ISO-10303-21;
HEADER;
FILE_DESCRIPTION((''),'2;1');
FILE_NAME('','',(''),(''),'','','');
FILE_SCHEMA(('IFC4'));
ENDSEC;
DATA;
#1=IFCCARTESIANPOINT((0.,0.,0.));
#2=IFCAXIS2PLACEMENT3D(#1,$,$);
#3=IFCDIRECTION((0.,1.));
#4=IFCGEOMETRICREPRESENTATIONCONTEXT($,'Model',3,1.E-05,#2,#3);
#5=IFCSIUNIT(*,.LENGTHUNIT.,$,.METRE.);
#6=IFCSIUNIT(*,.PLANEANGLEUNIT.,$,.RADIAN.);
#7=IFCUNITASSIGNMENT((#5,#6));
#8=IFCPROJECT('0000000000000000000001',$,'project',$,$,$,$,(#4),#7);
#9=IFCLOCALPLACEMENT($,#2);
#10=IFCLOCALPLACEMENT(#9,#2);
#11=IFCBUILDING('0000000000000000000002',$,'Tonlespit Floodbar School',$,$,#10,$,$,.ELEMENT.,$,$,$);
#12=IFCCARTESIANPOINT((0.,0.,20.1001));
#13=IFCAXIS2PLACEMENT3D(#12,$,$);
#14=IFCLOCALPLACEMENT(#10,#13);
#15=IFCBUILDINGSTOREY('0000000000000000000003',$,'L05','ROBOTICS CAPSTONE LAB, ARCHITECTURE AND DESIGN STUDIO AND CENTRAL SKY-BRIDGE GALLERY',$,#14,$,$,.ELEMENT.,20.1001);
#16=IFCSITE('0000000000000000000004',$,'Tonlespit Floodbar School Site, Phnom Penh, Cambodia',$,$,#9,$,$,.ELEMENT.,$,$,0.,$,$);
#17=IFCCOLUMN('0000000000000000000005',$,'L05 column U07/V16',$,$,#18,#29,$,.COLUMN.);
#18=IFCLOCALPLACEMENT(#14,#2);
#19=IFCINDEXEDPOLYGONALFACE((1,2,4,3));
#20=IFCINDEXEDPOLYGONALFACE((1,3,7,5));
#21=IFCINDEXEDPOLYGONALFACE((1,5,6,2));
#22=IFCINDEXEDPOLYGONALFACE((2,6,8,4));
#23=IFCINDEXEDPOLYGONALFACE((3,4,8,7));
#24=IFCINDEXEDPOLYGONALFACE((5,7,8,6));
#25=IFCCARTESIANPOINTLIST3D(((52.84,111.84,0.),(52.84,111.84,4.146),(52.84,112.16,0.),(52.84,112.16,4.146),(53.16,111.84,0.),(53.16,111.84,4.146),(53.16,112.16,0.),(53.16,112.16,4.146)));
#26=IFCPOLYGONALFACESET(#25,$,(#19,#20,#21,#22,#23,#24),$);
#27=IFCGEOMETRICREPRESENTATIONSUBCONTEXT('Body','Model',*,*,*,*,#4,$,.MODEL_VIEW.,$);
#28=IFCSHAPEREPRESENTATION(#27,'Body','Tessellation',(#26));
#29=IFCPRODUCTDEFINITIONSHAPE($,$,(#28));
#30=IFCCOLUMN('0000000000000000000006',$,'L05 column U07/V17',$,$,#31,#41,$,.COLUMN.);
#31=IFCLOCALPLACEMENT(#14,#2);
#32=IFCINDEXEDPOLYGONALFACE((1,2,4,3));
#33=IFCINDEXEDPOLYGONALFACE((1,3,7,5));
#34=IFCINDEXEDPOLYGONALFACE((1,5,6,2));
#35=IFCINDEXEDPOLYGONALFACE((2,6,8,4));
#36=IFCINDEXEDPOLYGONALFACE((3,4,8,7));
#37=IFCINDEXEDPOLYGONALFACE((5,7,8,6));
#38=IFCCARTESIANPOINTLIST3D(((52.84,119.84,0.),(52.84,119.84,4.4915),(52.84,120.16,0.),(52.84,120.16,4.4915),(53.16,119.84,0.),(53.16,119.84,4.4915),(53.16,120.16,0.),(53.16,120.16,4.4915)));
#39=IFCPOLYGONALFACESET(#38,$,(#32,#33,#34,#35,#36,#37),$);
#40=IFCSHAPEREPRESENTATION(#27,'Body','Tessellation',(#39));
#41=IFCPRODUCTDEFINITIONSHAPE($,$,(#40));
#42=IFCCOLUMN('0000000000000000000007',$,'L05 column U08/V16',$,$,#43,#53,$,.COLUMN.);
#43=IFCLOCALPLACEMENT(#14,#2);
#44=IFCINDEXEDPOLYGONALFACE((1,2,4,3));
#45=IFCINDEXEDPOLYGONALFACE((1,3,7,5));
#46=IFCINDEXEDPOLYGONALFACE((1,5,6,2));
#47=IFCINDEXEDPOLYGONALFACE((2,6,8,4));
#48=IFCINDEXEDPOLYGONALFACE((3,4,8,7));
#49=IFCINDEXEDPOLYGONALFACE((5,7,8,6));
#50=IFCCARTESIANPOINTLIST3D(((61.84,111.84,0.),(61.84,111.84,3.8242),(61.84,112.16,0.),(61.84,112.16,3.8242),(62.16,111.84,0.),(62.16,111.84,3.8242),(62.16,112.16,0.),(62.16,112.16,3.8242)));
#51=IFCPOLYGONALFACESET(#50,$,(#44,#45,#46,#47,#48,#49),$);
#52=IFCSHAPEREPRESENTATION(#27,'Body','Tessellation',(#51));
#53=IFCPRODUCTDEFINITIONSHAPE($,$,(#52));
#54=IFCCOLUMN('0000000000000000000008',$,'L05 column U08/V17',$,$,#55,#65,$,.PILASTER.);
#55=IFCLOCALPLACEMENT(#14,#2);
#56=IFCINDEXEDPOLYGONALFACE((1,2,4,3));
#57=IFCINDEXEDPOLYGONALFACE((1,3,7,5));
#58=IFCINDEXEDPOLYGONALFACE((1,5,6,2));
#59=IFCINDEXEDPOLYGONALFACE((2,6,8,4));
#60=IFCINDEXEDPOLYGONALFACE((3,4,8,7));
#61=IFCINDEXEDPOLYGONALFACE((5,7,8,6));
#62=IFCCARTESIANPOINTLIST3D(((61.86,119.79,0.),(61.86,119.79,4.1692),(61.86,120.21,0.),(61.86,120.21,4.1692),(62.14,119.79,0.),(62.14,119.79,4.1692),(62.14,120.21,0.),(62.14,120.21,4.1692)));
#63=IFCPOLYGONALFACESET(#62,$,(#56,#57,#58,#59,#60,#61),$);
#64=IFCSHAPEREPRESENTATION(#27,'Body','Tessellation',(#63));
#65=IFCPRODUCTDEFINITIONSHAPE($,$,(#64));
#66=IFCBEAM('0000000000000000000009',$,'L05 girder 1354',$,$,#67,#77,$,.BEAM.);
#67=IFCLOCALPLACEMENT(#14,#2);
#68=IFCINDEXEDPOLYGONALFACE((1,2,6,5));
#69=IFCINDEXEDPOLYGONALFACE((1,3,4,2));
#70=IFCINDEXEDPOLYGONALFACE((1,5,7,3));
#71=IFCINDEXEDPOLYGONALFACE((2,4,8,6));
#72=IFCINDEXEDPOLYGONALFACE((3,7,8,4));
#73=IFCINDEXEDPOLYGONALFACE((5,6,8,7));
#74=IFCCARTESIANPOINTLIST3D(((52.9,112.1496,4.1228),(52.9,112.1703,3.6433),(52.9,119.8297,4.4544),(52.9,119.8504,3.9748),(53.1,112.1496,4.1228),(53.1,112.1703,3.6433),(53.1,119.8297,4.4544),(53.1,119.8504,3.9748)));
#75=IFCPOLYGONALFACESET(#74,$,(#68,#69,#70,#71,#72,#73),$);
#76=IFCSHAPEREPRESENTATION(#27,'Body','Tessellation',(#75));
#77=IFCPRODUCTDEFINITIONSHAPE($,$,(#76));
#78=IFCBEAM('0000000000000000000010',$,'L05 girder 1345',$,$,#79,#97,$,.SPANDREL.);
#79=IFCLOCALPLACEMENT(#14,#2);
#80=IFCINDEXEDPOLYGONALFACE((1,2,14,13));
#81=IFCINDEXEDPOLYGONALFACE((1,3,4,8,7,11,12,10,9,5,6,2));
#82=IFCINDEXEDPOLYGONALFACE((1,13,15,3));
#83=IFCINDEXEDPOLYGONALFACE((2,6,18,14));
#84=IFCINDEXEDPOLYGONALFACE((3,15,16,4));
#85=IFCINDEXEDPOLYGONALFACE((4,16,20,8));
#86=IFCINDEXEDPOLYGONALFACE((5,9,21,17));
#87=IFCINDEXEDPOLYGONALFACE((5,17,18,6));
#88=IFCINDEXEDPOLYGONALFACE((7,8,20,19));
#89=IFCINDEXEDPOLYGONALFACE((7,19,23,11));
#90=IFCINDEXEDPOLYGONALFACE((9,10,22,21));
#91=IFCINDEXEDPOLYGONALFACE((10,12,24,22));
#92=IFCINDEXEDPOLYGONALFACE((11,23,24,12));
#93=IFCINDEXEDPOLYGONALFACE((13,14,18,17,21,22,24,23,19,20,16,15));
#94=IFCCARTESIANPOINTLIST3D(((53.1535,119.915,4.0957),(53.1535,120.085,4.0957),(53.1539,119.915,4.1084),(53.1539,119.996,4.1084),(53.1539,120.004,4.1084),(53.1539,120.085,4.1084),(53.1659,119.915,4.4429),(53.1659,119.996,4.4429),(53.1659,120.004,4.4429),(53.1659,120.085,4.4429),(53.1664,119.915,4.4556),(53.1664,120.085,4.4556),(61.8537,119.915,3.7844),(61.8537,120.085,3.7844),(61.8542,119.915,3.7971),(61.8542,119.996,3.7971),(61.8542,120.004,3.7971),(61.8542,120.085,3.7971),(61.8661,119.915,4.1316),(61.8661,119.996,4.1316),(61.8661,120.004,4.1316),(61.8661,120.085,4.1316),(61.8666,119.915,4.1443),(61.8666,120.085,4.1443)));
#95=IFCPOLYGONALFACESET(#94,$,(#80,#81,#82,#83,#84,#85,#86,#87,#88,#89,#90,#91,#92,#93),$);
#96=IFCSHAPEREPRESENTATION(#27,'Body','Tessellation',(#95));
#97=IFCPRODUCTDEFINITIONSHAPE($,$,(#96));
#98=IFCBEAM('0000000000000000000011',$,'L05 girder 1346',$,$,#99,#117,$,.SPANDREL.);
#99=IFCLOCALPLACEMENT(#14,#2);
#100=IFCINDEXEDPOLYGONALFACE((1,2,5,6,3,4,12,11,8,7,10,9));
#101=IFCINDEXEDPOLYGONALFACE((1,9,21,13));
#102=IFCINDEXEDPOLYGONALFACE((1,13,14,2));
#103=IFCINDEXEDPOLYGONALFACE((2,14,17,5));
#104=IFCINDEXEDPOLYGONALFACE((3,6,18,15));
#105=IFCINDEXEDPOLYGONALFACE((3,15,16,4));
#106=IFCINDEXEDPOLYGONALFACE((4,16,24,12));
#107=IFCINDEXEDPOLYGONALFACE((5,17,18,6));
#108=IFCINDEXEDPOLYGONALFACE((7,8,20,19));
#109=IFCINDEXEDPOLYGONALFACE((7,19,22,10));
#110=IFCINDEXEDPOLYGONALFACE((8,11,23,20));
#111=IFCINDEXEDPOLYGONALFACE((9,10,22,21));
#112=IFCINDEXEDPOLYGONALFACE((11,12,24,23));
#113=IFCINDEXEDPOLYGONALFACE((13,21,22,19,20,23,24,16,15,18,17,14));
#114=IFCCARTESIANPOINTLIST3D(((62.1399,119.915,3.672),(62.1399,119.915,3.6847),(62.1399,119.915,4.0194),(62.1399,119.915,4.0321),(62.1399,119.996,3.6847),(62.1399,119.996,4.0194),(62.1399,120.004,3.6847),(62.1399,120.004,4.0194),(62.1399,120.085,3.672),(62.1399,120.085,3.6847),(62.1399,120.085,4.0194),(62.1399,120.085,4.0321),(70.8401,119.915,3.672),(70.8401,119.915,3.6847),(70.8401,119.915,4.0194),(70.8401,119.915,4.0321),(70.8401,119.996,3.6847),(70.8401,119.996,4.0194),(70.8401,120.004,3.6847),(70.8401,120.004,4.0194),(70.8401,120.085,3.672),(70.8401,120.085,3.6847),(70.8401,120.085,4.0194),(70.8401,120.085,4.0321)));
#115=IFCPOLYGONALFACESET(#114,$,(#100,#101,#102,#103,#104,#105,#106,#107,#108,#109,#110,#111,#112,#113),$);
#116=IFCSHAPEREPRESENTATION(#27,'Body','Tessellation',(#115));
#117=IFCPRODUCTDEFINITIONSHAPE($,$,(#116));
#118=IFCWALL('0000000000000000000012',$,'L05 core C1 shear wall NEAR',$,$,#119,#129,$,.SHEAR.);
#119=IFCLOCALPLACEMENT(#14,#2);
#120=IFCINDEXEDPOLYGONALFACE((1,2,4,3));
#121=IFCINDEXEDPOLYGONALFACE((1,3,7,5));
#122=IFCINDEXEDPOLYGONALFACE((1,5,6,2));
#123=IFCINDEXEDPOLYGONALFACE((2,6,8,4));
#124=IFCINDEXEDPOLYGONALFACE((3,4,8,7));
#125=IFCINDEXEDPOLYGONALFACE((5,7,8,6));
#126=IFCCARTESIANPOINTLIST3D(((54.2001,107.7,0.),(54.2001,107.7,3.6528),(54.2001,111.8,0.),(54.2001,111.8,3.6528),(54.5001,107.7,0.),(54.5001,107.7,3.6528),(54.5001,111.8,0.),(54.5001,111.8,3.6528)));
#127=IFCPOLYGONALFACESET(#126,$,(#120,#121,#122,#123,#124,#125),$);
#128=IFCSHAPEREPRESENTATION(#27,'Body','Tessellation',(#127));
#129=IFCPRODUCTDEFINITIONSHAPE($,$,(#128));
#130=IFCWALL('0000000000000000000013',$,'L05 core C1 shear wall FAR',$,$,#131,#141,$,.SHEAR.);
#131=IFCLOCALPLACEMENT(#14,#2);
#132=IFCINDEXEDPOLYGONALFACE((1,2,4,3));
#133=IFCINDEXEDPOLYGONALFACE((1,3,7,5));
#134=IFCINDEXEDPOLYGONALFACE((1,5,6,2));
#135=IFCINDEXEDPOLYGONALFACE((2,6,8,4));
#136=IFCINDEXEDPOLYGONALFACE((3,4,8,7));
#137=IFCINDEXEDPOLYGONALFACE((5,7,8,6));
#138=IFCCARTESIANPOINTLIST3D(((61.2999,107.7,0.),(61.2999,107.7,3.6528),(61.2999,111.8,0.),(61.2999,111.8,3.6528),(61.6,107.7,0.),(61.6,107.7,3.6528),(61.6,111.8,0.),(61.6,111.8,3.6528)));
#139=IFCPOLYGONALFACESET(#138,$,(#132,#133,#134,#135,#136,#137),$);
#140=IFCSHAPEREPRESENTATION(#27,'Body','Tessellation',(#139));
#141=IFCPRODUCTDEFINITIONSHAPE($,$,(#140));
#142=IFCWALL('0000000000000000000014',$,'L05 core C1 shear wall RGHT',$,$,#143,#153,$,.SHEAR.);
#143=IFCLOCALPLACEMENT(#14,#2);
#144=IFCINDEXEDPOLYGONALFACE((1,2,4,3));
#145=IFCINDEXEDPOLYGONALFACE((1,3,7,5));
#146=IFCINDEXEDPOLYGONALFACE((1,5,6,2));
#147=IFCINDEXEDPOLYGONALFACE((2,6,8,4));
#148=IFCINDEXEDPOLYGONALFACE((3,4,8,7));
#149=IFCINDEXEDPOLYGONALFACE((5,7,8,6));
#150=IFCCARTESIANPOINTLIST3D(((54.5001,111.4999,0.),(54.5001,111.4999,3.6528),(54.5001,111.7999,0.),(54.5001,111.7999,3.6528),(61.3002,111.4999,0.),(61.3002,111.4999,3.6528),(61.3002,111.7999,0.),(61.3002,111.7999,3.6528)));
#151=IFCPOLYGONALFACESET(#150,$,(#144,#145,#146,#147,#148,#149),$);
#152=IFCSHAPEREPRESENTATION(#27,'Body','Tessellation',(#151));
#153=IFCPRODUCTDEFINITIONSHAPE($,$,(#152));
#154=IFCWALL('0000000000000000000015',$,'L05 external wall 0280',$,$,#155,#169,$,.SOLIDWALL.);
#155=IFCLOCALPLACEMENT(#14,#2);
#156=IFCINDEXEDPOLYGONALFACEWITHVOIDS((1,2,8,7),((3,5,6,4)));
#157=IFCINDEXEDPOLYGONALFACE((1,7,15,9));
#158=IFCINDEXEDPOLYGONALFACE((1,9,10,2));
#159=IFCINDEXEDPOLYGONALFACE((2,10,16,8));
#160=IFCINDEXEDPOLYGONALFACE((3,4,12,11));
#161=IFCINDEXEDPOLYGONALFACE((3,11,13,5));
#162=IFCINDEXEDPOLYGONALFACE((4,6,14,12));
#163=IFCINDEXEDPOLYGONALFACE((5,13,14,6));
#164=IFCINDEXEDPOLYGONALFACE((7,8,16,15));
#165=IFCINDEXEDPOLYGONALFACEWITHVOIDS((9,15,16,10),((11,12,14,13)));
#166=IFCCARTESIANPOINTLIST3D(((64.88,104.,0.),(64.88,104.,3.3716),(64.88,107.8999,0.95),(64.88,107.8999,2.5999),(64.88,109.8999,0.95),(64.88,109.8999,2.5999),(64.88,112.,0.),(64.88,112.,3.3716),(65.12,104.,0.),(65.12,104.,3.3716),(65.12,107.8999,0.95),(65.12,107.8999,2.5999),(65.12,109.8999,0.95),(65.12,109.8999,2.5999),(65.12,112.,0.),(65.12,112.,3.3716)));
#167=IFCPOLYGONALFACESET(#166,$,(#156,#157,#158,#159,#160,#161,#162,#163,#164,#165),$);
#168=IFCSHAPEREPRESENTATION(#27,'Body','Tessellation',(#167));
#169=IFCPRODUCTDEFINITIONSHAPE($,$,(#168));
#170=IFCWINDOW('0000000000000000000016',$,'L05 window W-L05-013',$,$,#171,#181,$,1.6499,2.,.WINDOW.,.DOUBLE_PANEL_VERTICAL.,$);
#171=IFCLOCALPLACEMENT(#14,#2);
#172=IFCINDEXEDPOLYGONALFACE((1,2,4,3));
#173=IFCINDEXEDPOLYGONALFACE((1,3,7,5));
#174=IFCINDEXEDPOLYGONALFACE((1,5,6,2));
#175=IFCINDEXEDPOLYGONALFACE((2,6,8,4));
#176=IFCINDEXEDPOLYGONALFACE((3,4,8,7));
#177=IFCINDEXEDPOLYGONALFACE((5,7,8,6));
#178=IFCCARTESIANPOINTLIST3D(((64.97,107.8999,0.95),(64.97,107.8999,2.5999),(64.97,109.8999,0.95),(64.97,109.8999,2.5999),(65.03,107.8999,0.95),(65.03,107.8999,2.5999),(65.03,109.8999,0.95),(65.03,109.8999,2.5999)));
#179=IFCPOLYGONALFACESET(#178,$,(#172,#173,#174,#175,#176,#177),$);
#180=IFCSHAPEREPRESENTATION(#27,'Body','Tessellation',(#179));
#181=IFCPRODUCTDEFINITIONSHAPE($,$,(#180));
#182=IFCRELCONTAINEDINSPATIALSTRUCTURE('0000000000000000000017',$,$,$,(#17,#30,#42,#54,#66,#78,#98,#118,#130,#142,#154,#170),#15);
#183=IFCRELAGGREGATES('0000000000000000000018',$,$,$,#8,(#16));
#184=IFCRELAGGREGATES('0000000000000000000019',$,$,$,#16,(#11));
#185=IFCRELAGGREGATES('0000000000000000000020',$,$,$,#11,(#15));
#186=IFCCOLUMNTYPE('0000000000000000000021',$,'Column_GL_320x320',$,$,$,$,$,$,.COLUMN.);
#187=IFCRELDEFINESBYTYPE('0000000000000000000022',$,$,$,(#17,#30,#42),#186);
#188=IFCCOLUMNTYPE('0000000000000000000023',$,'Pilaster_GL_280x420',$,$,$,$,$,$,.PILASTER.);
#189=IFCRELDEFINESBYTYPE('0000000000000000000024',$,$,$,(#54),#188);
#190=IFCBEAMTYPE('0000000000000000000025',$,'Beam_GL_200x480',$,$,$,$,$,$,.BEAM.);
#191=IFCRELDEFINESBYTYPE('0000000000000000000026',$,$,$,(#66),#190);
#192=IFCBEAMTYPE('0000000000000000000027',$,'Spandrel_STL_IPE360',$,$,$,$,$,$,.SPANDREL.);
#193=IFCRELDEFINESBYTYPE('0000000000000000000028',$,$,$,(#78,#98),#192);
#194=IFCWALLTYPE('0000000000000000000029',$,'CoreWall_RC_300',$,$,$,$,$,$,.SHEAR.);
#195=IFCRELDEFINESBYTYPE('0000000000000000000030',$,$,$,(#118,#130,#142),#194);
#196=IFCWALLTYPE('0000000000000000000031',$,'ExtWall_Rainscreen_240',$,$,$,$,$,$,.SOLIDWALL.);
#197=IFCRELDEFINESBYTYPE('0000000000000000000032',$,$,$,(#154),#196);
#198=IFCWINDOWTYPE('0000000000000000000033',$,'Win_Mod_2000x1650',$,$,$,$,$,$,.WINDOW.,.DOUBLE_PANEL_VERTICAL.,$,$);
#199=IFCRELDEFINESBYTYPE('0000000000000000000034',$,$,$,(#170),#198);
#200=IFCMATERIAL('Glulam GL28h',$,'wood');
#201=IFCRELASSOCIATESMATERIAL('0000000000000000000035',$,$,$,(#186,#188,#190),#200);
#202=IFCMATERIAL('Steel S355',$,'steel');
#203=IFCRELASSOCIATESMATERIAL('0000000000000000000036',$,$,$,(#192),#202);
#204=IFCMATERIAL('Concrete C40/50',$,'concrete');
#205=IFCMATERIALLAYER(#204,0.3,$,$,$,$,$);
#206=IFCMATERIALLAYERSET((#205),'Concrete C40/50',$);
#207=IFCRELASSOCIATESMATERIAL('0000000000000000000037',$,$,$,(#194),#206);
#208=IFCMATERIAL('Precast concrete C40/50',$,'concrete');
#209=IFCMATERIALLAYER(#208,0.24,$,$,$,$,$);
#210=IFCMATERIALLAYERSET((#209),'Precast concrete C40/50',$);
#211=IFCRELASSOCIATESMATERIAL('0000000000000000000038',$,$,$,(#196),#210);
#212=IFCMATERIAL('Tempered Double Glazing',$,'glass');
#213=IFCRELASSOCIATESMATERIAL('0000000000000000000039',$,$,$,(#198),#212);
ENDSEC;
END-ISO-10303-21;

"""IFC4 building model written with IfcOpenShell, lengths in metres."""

from ifc_helpers import new_model, si_unit, direction, frame, frame_2d, origin, origin_2d, place, context, subcontext, project, spatial, rectangle, i_section, extrude, material, layer, layer_set, material_profile, profile_set, type_object, element, fill, save


model = new_model("IFC4")

# Units and contexts
model_context = context("Model", 3, precision=1e-05, world=origin(), true_north=direction((0.0, 1.0)))
body_context = subcontext(model_context, "Body", "Model", "MODEL_VIEW")
ifc_project = project(units=[si_unit("LENGTHUNIT", "METRE"), si_unit("PLANEANGLEUNIT", "RADIAN")], contexts=[model_context])

# Site, building, storey
site_placement = place(None, origin())
site = spatial("IfcSite", under=ifc_project, at=site_placement, Name="Tonlespit Floodbar School Site, Phnom Penh, Cambodia", CompositionType="ELEMENT", RefElevation=0.0)
building_placement = place(site_placement, origin())
building = spatial("IfcBuilding", under=site, at=building_placement, Name="Tonlespit Floodbar School", CompositionType="ELEMENT")
storey_placement = place(building_placement, frame((0.0, 0.0, 20.1001)))
storey = spatial("IfcBuildingStorey", under=building, at=storey_placement, Name="L05", Description="ROBOTICS CAPSTONE LAB, ARCHITECTURE AND DESIGN STUDIO AND CENTRAL SKY-BRIDGE GALLERY", CompositionType="ELEMENT", Elevation=20.1001)

# Columns
ifc_material_1 = material(Name="Glulam GL28h", Category="wood")
ifc_material_profile_1 = material_profile(ifc_material_1, rectangle(XDim=0.3201, YDim=0.3201, at=origin_2d()), Name="GL 320x320")
ifc_profile_set_1 = profile_set([ifc_material_profile_1], Name="Glulam GL28h")
column_type_1 = type_object("IfcColumnType", Name="Column_GL_320x320", PredefinedType="COLUMN", material=ifc_profile_set_1)
column_1_placement = place(storey_placement, frame((53.0, 112.0, 0.0), z_axis=(0.0, 0.0, 1.0), x_axis=(1.0, 0.0, 0.0)))
element("IfcColumn", 1, at=column_1_placement, inside=storey, type_object=column_type_1, Name="L05 column U07/V16", PredefinedType="COLUMN", context=body_context, shape_type="SweptSolid", body=[
    extrude(rectangle(XDim=0.3201, YDim=0.3201, at=origin_2d()), origin(), (0.0, 0.0, 1.0), 4.146),
])
column_2_placement = place(storey_placement, frame((53.0, 120.0, 0.0), z_axis=(0.0, 0.0, 1.0), x_axis=(1.0, 0.0, 0.0)))
element("IfcColumn", 2, at=column_2_placement, inside=storey, type_object=column_type_1, Name="L05 column U07/V17", PredefinedType="COLUMN", context=body_context, shape_type="SweptSolid", body=[
    extrude(rectangle(XDim=0.3201, YDim=0.3201, at=origin_2d()), origin(), (0.0, 0.0, 1.0), 4.4915),
])
column_3_placement = place(storey_placement, frame((62.0, 112.0, 0.0), z_axis=(0.0, 0.0, 1.0), x_axis=(1.0, 0.0, 0.0)))
element("IfcColumn", 3, at=column_3_placement, inside=storey, type_object=column_type_1, Name="L05 column U08/V16", PredefinedType="COLUMN", context=body_context, shape_type="SweptSolid", body=[
    extrude(rectangle(XDim=0.3201, YDim=0.3201, at=origin_2d()), origin(), (0.0, 0.0, 1.0), 3.8242),
])
ifc_material_profile_2 = material_profile(ifc_material_1, rectangle(XDim=0.28, YDim=0.4199, at=origin_2d()), Name="GL 280x420")
ifc_profile_set_2 = profile_set([ifc_material_profile_2], Name="Glulam GL28h")
column_type_2 = type_object("IfcColumnType", Name="Pilaster_GL_280x420", PredefinedType="PILASTER", material=ifc_profile_set_2)
column_4_placement = place(storey_placement, frame((62.0, 120.0, 0.0), z_axis=(0.0, 0.0, 1.0), x_axis=(1.0, 0.0, 0.0)))
element("IfcColumn", 4, at=column_4_placement, inside=storey, type_object=column_type_2, Name="L05 column U08/V17", PredefinedType="PILASTER", context=body_context, shape_type="SweptSolid", body=[
    extrude(rectangle(XDim=0.28, YDim=0.4199, at=origin_2d()), origin(), (0.0, 0.0, 1.0), 4.1692),
])

# Beams
ifc_material_profile_3 = material_profile(ifc_material_1, rectangle(XDim=0.2, YDim=0.48, at=origin_2d()), Name="GL 200x480")
ifc_profile_set_3 = profile_set([ifc_material_profile_3], Name="Glulam GL28h")
beam_type_1 = type_object("IfcBeamType", Name="Beam_GL_200x480", PredefinedType="BEAM", material=ifc_profile_set_3)
beam_1_placement = place(storey_placement, frame((53.0, 112.1599, 3.8831), z_axis=(0.0, 0.99907, 0.043129), x_axis=(-1.0, 0.0, 0.0)))
element("IfcBeam", 5, at=beam_1_placement, inside=storey, type_object=beam_type_1, Name="L05 girder 1354", PredefinedType="BEAM", context=body_context, shape_type="SweptSolid", body=[
    extrude(rectangle(XDim=0.2, YDim=0.48, at=origin_2d()), origin(), (0.0, 0.0, 1.0), 7.6873),
])
ifc_material_2 = material(Name="Steel S355", Category="steel")
ifc_material_profile_4 = material_profile(ifc_material_2, i_section(OverallWidth=0.1699, OverallDepth=0.3601, WebThickness=0.0081, FlangeThickness=0.0127, at=origin_2d()), Name="IPE 360")
ifc_profile_set_4 = profile_set([ifc_material_profile_4], Name="Steel S355")
beam_type_2 = type_object("IfcBeamType", Name="Spandrel_STL_IPE360", PredefinedType="SPANDREL", material=ifc_profile_set_4)
beam_2_placement = place(storey_placement, frame((53.1599, 120.0, 4.2756), z_axis=(0.999361, 0.0, -0.035756), x_axis=(0.0, 1.0, 0.0)))
element("IfcBeam", 6, at=beam_2_placement, inside=storey, type_object=beam_type_2, Name="L05 girder 1345", PredefinedType="SPANDREL", context=body_context, shape_type="SweptSolid", body=[
    extrude(i_section(OverallWidth=0.1699, OverallDepth=0.3601, WebThickness=0.0081, FlangeThickness=0.0127, at=origin_2d()), origin(), (0.0, 0.0, 1.0), 8.7058),
])
beam_3_placement = place(storey_placement, frame((62.1399, 120.0, 3.8521), z_axis=(1.0, 0.0, 0.0), x_axis=(0.0, 1.0, 0.0)))
element("IfcBeam", 7, at=beam_3_placement, inside=storey, type_object=beam_type_2, Name="L05 girder 1346", PredefinedType="SPANDREL", context=body_context, shape_type="SweptSolid", body=[
    extrude(i_section(OverallWidth=0.1699, OverallDepth=0.3601, WebThickness=0.0081, FlangeThickness=0.0127, at=origin_2d()), origin(), (0.0, 0.0, 1.0), 8.7002),
])

# Walls
ifc_material_3 = material(Name="Concrete C40/50", Category="concrete")
ifc_layer_1 = layer(ifc_material_3, 0.3)
ifc_layer_set_1 = layer_set([ifc_layer_1], Name="Concrete C40/50")
wall_type_1 = type_object("IfcWallType", Name="CoreWall_RC_300", PredefinedType="SHEAR", material=ifc_layer_set_1)
for number, where, z_axis, x_axis, name in (
    (8, (54.3501, 107.7, 0.0), (0.0, 0.0, 1.0), (0.0, 1.0, 0.0), "L05 core C1 shear wall NEAR"),
    (9, (61.45, 111.8, 0.0), (0.0, 0.0, 1.0), (0.0, -1.0, 0.0), "L05 core C1 shear wall FAR"),
):
    element("IfcWall", number, at=place(storey_placement, frame(where, z_axis=z_axis, x_axis=x_axis)), inside=storey, type_object=wall_type_1, Name=name, PredefinedType="SHEAR", context=body_context, shape_type="SweptSolid", body=[
        extrude(rectangle(XDim=4.1001, YDim=0.3, at=frame_2d((2.05, 0.0))), origin(), (0.0, 0.0, 1.0), 3.6528),
    ])

# Wall
wall_1_placement = place(storey_placement, frame((61.3, 111.6499, 0.0), z_axis=(0.0, 0.0, 1.0), x_axis=(-1.0, 0.0, 0.0)))
element("IfcWall", 10, at=wall_1_placement, inside=storey, type_object=wall_type_1, Name="L05 core C1 shear wall RGHT", PredefinedType="SHEAR", context=body_context, shape_type="SweptSolid", body=[
    extrude(rectangle(XDim=6.8, YDim=0.3, at=frame_2d((3.3999, 0.0))), origin(), (0.0, 0.0, 1.0), 3.6528),
])

# Wall, opening, window
ifc_material_4 = material(Name="Precast concrete C40/50", Category="concrete")
ifc_layer_2 = layer(ifc_material_4, 0.24)
ifc_layer_set_2 = layer_set([ifc_layer_2], Name="Precast concrete C40/50")
wall_type_2 = type_object("IfcWallType", Name="ExtWall_Rainscreen_240", PredefinedType="SOLIDWALL", material=ifc_layer_set_2)
wall_2_placement = place(storey_placement, frame((65.0, 112.0, 0.0), z_axis=(0.0, 0.0, 1.0), x_axis=(0.0, -1.0, 0.0)))
wall_2 = element("IfcWall", 11, at=wall_2_placement, inside=storey, type_object=wall_type_2, Name="L05 external wall 0280", PredefinedType="SOLIDWALL", context=body_context, shape_type="SweptSolid", body=[
    extrude(rectangle(XDim=8.0, YDim=0.24, at=frame_2d((4.0, 0.0))), origin(), (0.0, 0.0, 1.0), 3.3716),
])
opening_1_placement = place(wall_2_placement, frame((2.1001, 0.0, 0.95)))
opening_1 = element("IfcOpeningElement", 12, at=opening_1_placement, cuts=wall_2, PredefinedType="OPENING", context=body_context, shape_type="SweptSolid", body=[
    extrude(rectangle(XDim=2.0, YDim=1.6499, at=frame_2d((1.0, 0.825))), frame((0.0, 0.1299, 0.0), z_axis=(0.0, -1.0, 0.0), x_axis=(1.0, 0.0, 0.0)), (0.0, 0.0, 1.0), 0.26),
])
ifc_material_5 = material(Name="Tempered Double Glazing", Category="glass")
window_type = type_object("IfcWindowType", Name="Win_Mod_2000x1650", PartitioningType="DOUBLE_PANEL_VERTICAL", PredefinedType="WINDOW", material=ifc_material_5)
window_placement = place(opening_1_placement, origin())
window = element("IfcWindow", 13, at=window_placement, inside=storey, type_object=window_type, Name="L05 window W-L05-013", OverallHeight=1.6499, OverallWidth=2.0, PartitioningType="DOUBLE_PANEL_VERTICAL", PredefinedType="WINDOW", context=body_context, shape_type="SweptSolid", body=[
    extrude(rectangle(XDim=2.0, YDim=1.6499, at=frame_2d((1.0, 0.825))), frame((0.0, 0.03, 0.0), z_axis=(0.0, -1.0, 0.0), x_axis=(1.0, 0.0, 0.0)), (0.0, 0.0, 1.0), 0.0601),
])
fill(opening_1, window)

save(model, "model.ifc")
